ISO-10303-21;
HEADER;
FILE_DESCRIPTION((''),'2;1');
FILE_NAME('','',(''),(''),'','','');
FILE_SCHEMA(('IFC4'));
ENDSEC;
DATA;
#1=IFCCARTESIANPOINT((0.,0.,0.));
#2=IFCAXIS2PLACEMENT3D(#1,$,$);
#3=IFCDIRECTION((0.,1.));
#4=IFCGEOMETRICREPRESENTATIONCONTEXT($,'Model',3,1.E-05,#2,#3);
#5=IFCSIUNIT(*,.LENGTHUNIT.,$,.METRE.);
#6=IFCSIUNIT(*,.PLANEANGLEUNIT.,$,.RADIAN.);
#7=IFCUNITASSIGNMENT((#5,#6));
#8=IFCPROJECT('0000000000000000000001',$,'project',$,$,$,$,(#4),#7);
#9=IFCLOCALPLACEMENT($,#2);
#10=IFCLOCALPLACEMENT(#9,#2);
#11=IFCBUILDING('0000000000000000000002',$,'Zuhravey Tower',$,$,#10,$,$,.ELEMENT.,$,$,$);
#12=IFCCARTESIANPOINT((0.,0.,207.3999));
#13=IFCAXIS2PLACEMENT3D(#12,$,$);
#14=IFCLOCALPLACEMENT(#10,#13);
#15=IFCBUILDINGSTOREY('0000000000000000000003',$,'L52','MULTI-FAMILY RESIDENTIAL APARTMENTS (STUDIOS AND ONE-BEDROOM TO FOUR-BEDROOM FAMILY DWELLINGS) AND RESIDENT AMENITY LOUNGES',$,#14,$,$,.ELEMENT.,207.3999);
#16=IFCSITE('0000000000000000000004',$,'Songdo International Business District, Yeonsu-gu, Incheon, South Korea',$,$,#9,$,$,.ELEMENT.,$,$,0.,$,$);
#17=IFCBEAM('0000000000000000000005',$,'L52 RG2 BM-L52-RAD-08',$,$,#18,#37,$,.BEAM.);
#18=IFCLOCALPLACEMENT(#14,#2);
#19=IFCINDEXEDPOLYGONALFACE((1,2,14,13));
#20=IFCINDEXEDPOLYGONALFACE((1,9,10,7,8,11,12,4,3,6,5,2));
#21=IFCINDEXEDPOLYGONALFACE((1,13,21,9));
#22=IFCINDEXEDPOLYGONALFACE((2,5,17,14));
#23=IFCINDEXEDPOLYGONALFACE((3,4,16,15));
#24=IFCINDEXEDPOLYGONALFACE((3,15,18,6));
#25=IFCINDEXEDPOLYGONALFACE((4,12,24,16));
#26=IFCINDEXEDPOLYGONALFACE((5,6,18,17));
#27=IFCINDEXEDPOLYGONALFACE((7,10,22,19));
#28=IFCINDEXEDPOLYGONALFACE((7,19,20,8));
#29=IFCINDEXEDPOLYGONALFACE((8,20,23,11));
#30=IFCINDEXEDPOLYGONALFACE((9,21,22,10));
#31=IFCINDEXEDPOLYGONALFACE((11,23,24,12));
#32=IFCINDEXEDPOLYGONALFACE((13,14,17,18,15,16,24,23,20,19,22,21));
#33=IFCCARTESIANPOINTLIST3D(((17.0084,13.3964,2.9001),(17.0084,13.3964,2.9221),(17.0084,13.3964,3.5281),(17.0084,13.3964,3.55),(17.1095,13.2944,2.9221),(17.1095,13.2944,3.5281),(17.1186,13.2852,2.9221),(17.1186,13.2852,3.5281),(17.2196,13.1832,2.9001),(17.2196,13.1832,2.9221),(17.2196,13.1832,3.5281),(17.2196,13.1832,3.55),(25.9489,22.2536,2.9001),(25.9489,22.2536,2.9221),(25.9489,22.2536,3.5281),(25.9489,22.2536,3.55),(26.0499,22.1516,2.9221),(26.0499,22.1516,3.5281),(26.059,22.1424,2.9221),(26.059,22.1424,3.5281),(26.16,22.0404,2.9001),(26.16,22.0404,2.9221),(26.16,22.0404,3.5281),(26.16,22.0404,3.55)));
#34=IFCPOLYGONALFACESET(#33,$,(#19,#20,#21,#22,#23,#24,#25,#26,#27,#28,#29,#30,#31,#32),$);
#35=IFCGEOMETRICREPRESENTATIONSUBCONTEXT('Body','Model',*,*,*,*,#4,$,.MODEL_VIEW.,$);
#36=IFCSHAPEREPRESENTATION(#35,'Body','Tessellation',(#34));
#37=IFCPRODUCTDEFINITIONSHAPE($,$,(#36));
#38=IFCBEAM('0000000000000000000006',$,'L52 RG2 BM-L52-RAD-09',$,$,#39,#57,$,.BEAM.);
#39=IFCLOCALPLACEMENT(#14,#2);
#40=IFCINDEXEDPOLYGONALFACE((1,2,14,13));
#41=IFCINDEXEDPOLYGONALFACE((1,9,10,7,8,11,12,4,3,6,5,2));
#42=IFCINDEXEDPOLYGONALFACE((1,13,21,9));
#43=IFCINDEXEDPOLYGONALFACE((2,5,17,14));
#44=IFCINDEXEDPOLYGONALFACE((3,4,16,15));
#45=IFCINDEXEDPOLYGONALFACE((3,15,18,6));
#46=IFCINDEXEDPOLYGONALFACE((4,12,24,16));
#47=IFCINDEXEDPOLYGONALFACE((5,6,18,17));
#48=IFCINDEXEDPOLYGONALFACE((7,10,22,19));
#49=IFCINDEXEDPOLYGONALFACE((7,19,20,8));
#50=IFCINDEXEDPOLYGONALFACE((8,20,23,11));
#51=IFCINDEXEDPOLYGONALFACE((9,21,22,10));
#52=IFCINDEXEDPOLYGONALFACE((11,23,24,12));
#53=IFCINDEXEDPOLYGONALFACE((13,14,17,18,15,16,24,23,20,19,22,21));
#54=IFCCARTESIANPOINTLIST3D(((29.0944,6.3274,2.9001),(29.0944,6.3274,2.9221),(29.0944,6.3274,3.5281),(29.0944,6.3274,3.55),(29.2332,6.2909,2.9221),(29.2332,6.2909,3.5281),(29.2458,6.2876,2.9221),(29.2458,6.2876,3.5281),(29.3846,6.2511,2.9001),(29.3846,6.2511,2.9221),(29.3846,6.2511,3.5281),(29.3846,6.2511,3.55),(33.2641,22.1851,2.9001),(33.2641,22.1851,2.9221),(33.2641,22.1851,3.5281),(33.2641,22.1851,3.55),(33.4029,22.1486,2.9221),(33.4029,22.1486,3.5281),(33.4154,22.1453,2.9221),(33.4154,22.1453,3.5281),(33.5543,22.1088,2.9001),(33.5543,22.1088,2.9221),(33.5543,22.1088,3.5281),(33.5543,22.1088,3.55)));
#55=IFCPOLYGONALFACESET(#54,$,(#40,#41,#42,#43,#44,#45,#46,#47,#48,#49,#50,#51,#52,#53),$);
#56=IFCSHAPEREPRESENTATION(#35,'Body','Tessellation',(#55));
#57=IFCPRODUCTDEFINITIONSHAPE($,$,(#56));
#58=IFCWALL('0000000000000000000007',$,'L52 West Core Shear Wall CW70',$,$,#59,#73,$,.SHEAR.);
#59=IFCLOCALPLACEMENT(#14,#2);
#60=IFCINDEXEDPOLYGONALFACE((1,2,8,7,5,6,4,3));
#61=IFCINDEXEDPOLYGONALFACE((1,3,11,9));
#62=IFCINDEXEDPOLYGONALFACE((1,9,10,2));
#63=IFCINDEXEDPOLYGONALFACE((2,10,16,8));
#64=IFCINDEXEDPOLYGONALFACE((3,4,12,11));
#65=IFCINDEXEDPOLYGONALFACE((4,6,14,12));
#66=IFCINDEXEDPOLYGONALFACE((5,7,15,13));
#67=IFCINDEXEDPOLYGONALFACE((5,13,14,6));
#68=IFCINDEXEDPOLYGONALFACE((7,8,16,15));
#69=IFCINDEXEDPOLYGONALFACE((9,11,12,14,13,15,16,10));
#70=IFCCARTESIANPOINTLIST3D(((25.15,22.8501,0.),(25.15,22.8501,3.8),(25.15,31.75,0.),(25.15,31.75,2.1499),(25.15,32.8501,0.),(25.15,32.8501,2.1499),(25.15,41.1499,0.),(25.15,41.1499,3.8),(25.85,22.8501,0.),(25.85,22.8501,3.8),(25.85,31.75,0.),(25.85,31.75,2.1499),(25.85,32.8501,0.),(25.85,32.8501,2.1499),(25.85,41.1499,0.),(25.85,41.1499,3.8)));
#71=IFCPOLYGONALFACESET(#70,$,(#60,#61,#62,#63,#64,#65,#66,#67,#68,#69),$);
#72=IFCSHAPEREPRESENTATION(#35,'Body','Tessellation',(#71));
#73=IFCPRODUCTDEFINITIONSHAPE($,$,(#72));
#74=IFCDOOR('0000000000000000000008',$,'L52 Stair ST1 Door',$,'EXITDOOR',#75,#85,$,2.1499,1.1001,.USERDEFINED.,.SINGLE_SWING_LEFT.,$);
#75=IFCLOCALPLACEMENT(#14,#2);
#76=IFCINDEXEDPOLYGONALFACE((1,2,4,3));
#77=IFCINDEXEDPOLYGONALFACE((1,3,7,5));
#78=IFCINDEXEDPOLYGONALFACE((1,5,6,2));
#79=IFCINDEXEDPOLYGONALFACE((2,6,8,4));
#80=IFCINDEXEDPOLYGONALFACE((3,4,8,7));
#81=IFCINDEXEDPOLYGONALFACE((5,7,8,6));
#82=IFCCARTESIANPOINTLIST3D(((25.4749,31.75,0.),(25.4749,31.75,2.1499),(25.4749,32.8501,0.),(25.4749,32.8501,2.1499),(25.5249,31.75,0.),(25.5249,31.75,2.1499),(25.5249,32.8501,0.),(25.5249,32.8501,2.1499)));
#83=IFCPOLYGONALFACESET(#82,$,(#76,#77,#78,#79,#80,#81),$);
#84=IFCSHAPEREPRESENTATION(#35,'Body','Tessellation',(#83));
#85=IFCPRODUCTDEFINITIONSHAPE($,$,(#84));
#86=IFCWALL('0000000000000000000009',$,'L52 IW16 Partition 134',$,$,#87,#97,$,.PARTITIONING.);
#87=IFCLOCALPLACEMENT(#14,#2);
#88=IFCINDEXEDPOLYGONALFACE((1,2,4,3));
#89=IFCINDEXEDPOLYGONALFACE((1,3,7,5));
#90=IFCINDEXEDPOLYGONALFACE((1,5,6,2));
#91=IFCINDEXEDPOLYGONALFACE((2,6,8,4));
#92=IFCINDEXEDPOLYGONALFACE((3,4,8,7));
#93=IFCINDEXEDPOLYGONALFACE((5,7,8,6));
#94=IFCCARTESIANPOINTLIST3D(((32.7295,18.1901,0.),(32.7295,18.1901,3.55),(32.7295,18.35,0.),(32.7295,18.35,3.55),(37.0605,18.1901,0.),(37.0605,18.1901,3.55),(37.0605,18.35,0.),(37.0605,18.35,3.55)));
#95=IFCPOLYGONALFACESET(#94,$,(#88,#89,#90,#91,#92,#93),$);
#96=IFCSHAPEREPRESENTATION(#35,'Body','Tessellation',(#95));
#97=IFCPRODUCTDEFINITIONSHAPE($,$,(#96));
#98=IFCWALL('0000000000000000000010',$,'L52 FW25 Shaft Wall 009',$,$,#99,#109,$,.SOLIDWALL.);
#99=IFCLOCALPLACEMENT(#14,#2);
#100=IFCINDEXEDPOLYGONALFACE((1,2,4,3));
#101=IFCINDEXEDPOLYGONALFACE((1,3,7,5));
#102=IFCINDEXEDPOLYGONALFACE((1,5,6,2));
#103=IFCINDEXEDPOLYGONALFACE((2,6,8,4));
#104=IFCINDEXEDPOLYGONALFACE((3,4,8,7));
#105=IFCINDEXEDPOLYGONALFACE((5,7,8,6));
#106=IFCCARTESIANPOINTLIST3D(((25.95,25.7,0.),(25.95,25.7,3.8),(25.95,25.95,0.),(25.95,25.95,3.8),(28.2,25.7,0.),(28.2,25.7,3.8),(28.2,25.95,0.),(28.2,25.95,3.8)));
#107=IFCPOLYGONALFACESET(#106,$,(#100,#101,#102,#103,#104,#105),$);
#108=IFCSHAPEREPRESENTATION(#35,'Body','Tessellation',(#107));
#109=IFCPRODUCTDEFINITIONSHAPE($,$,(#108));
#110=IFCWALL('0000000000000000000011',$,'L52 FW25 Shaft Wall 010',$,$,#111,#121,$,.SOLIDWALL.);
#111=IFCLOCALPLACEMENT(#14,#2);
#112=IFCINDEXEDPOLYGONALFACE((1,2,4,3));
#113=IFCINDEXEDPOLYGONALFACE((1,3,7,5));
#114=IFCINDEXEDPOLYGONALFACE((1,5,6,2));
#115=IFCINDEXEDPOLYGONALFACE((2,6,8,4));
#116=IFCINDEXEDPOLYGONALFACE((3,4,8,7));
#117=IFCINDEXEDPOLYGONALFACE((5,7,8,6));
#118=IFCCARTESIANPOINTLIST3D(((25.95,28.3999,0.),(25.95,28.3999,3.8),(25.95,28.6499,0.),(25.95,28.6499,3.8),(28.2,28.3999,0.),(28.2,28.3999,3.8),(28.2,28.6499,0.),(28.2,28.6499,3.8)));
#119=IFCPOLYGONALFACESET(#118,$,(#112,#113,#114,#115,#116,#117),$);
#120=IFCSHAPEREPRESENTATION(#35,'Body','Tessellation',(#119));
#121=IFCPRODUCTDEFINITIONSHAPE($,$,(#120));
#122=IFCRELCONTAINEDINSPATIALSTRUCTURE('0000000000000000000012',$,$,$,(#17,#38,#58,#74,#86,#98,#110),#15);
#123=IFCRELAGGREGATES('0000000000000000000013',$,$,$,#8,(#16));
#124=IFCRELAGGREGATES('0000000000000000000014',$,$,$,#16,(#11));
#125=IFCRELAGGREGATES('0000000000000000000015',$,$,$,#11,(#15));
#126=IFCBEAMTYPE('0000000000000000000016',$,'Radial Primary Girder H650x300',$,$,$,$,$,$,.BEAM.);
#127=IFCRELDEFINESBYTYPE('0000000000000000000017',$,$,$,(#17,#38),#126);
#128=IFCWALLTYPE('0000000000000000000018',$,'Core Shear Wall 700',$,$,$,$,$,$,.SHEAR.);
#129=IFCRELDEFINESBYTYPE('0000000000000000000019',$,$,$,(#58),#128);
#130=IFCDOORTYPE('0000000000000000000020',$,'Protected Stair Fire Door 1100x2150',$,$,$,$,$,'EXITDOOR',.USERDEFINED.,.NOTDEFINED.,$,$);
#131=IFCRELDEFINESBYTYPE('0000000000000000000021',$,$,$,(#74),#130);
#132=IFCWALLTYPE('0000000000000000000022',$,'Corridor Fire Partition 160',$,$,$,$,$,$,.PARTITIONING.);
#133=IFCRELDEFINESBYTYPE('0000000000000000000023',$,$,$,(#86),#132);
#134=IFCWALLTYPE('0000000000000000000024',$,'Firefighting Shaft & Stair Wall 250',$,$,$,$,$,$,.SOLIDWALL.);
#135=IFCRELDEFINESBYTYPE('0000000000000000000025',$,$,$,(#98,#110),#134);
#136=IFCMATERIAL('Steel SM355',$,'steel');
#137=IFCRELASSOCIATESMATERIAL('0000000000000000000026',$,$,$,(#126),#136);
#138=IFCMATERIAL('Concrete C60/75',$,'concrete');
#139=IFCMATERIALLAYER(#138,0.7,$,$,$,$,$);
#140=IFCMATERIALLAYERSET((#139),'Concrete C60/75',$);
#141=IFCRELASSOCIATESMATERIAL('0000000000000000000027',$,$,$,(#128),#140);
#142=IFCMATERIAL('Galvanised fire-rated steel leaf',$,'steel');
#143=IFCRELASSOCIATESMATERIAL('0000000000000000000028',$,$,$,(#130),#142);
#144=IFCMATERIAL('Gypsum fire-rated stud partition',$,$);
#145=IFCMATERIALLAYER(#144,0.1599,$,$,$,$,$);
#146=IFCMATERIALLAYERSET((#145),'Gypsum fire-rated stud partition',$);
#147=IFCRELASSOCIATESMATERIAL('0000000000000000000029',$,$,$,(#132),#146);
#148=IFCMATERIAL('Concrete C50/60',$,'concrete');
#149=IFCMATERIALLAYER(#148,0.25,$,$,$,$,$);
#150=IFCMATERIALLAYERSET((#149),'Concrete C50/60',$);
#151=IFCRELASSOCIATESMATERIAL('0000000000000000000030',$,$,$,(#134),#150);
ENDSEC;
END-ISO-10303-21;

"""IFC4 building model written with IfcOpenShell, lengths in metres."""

from ifc_helpers import new_model, si_unit, direction, frame, frame_2d, origin, origin_2d, place, context, subcontext, project, spatial, rectangle, i_section, extrude, material, layer, layer_set, material_profile, profile_set, type_object, element, fill, save


model = new_model("IFC4")

# Units and contexts
model_context = context("Model", 3, precision=1e-05, world=origin(), true_north=direction((0.0, 1.0)))
body_context = subcontext(model_context, "Body", "Model", "MODEL_VIEW")
ifc_project = project(units=[si_unit("LENGTHUNIT", "METRE"), si_unit("PLANEANGLEUNIT", "RADIAN")], contexts=[model_context])

# Site, building, storey
site_placement = place(None, origin())
site = spatial("IfcSite", under=ifc_project, at=site_placement, Name="Songdo International Business District, Yeonsu-gu, Incheon, South Korea", CompositionType="ELEMENT", RefElevation=0.0)
building_placement = place(site_placement, origin())
building = spatial("IfcBuilding", under=site, at=building_placement, Name="Zuhravey Tower", CompositionType="ELEMENT")
storey_placement = place(building_placement, frame((0.0, 0.0, 207.3999)))
storey = spatial("IfcBuildingStorey", under=building, at=storey_placement, Name="L52", Description="MULTI-FAMILY RESIDENTIAL APARTMENTS (STUDIOS AND ONE-BEDROOM TO FOUR-BEDROOM FAMILY DWELLINGS) AND RESIDENT AMENITY LOUNGES", CompositionType="ELEMENT", Elevation=207.3999)

# Beams
ifc_material_1 = material(Name="Steel SM355", Category="steel")
ifc_material_profile = material_profile(ifc_material_1, i_section(OverallWidth=0.3, OverallDepth=0.6499, WebThickness=0.0129, FlangeThickness=0.022, at=origin_2d()), Name="H-650x300x13x22")
ifc_profile_set = profile_set([ifc_material_profile], Name="Steel SM355")
beam_type = type_object("IfcBeamType", Name="Radial Primary Girder H650x300", PredefinedType="BEAM", material=ifc_profile_set)
beam_1_placement = place(storey_placement, frame((26.0544, 22.147, 3.2251), z_axis=(-0.710407, -0.703791, 0.0), x_axis=(0.703791, -0.710407, 0.0)))
element("IfcBeam", 1, at=beam_1_placement, inside=storey, type_object=beam_type, Name="L52 RG2 BM-L52-RAD-08", PredefinedType="BEAM", context=body_context, shape_type="SweptSolid", body=[
    extrude(i_section(OverallWidth=0.3, OverallDepth=0.6499, WebThickness=0.0129, FlangeThickness=0.022, at=origin_2d()), origin(), (0.0, 0.0, 1.0), 12.585),
])
beam_2_placement = place(storey_placement, frame((33.4092, 22.147, 3.2251), z_axis=(-0.2543, -0.967125, 0.0), x_axis=(0.967125, -0.2543, 0.0)))
element("IfcBeam", 2, at=beam_2_placement, inside=storey, type_object=beam_type, Name="L52 RG2 BM-L52-RAD-09", PredefinedType="BEAM", context=body_context, shape_type="SweptSolid", body=[
    extrude(i_section(OverallWidth=0.3, OverallDepth=0.6499, WebThickness=0.0129, FlangeThickness=0.022, at=origin_2d()), origin(), (0.0, 0.0, 1.0), 16.3967),
])

# Wall, opening, door
ifc_material_2 = material(Name="Concrete C60/75", Category="concrete")
ifc_layer_1 = layer(ifc_material_2, 0.7)
ifc_layer_set_1 = layer_set([ifc_layer_1], Name="Concrete C60/75")
wall_type_1 = type_object("IfcWallType", Name="Core Shear Wall 700", PredefinedType="SHEAR", material=ifc_layer_set_1)
wall_1_placement = place(storey_placement, frame((25.5, 22.8501, 0.0), z_axis=(0.0, 0.0, 1.0), x_axis=(0.0, 1.0, 0.0)))
wall_1 = element("IfcWall", 3, at=wall_1_placement, inside=storey, type_object=wall_type_1, Name="L52 West Core Shear Wall CW70", PredefinedType="SHEAR", context=body_context, shape_type="SweptSolid", body=[
    extrude(rectangle(XDim=18.2998, YDim=0.7, at=frame_2d((9.1499, 0.0))), origin(), (0.0, 0.0, 1.0), 3.8),
])
opening_1_placement = place(wall_1_placement, frame((8.8999, 0.0, 0.0)))
opening_1 = element("IfcOpeningElement", 4, at=opening_1_placement, cuts=wall_1, PredefinedType="OPENING", context=body_context, shape_type="SweptSolid", body=[
    extrude(rectangle(XDim=1.1001, YDim=2.1499, at=frame_2d((0.55, 1.075))), frame((0.0, 0.3621, 0.0), z_axis=(0.0, -1.0, 0.0), x_axis=(1.0, 0.0, 0.0)), (0.0, 0.0, 1.0), 0.7239),
])
ifc_material_3 = material(Name="Galvanised fire-rated steel leaf", Category="steel")
door_type_1 = type_object("IfcDoorType", Name="Protected Stair Fire Door 1100x2150", ElementType="EXITDOOR", OperationType="NOTDEFINED", PredefinedType="USERDEFINED", material=ifc_material_3)
door_1_placement = place(opening_1_placement, frame((1.1001, 0.0, 0.0), z_axis=(0.0, 0.0, 1.0), x_axis=(-1.0, 0.0, 0.0)))
door_1 = element("IfcDoor", 5, at=door_1_placement, inside=storey, type_object=door_type_1, Name="L52 Stair ST1 Door", ObjectType="EXITDOOR", OperationType="SINGLE_SWING_LEFT", OverallHeight=2.1499, OverallWidth=1.1001, PredefinedType="USERDEFINED", context=body_context, shape_type="SweptSolid", body=[
    extrude(rectangle(XDim=1.1001, YDim=2.1499, at=frame_2d((0.55, 1.075))), frame((0.0, 0.0249, 0.0), z_axis=(0.0, -1.0, 0.0), x_axis=(1.0, 0.0, 0.0)), (0.0, 0.0, 1.0), 0.05),
])
fill(opening_1, door_1)
ifc_material_4 = material(Name="Gypsum fire-rated stud partition")
ifc_layer_2 = layer(ifc_material_4, 0.1599)
ifc_layer_set_2 = layer_set([ifc_layer_2], Name="Gypsum fire-rated stud partition")
wall_type_2 = type_object("IfcWallType", Name="Corridor Fire Partition 160", PredefinedType="PARTITIONING", material=ifc_layer_set_2)

# Walls
wall_2_placement = place(storey_placement, frame((32.7295, 18.27, 0.0), z_axis=(0.0, 0.0, 1.0), x_axis=(1.0, 0.0, 0.0)))
element("IfcWall", 6, at=wall_2_placement, inside=storey, type_object=wall_type_2, Name="L52 IW16 Partition 134", PredefinedType="PARTITIONING", context=body_context, shape_type="SweptSolid", body=[
    extrude(rectangle(XDim=4.3311, YDim=0.1599, at=frame_2d((2.1655, 0.0))), origin(), (0.0, 0.0, 1.0), 3.55),
])
ifc_material_5 = material(Name="Concrete C50/60", Category="concrete")
ifc_layer_3 = layer(ifc_material_5, 0.25)
ifc_layer_set_3 = layer_set([ifc_layer_3], Name="Concrete C50/60")
wall_type_3 = type_object("IfcWallType", Name="Firefighting Shaft & Stair Wall 250", PredefinedType="SOLIDWALL", material=ifc_layer_set_3)
for number, where, z_axis, x_axis, name in (
    (7, (25.95, 25.825, 0.0), (0.0, 0.0, 1.0), (1.0, 0.0, 0.0), "L52 FW25 Shaft Wall 009"),
    (8, (25.95, 28.5249, 0.0), (0.0, 0.0, 1.0), (1.0, 0.0, 0.0), "L52 FW25 Shaft Wall 010"),
):
    element("IfcWall", number, at=place(storey_placement, frame(where, z_axis=z_axis, x_axis=x_axis)), inside=storey, type_object=wall_type_3, Name=name, PredefinedType="SOLIDWALL", context=body_context, shape_type="SweptSolid", body=[
        extrude(rectangle(XDim=2.25, YDim=0.25, at=frame_2d((1.125, 0.0))), origin(), (0.0, 0.0, 1.0), 3.8),
    ])

save(model, "model.ifc")
